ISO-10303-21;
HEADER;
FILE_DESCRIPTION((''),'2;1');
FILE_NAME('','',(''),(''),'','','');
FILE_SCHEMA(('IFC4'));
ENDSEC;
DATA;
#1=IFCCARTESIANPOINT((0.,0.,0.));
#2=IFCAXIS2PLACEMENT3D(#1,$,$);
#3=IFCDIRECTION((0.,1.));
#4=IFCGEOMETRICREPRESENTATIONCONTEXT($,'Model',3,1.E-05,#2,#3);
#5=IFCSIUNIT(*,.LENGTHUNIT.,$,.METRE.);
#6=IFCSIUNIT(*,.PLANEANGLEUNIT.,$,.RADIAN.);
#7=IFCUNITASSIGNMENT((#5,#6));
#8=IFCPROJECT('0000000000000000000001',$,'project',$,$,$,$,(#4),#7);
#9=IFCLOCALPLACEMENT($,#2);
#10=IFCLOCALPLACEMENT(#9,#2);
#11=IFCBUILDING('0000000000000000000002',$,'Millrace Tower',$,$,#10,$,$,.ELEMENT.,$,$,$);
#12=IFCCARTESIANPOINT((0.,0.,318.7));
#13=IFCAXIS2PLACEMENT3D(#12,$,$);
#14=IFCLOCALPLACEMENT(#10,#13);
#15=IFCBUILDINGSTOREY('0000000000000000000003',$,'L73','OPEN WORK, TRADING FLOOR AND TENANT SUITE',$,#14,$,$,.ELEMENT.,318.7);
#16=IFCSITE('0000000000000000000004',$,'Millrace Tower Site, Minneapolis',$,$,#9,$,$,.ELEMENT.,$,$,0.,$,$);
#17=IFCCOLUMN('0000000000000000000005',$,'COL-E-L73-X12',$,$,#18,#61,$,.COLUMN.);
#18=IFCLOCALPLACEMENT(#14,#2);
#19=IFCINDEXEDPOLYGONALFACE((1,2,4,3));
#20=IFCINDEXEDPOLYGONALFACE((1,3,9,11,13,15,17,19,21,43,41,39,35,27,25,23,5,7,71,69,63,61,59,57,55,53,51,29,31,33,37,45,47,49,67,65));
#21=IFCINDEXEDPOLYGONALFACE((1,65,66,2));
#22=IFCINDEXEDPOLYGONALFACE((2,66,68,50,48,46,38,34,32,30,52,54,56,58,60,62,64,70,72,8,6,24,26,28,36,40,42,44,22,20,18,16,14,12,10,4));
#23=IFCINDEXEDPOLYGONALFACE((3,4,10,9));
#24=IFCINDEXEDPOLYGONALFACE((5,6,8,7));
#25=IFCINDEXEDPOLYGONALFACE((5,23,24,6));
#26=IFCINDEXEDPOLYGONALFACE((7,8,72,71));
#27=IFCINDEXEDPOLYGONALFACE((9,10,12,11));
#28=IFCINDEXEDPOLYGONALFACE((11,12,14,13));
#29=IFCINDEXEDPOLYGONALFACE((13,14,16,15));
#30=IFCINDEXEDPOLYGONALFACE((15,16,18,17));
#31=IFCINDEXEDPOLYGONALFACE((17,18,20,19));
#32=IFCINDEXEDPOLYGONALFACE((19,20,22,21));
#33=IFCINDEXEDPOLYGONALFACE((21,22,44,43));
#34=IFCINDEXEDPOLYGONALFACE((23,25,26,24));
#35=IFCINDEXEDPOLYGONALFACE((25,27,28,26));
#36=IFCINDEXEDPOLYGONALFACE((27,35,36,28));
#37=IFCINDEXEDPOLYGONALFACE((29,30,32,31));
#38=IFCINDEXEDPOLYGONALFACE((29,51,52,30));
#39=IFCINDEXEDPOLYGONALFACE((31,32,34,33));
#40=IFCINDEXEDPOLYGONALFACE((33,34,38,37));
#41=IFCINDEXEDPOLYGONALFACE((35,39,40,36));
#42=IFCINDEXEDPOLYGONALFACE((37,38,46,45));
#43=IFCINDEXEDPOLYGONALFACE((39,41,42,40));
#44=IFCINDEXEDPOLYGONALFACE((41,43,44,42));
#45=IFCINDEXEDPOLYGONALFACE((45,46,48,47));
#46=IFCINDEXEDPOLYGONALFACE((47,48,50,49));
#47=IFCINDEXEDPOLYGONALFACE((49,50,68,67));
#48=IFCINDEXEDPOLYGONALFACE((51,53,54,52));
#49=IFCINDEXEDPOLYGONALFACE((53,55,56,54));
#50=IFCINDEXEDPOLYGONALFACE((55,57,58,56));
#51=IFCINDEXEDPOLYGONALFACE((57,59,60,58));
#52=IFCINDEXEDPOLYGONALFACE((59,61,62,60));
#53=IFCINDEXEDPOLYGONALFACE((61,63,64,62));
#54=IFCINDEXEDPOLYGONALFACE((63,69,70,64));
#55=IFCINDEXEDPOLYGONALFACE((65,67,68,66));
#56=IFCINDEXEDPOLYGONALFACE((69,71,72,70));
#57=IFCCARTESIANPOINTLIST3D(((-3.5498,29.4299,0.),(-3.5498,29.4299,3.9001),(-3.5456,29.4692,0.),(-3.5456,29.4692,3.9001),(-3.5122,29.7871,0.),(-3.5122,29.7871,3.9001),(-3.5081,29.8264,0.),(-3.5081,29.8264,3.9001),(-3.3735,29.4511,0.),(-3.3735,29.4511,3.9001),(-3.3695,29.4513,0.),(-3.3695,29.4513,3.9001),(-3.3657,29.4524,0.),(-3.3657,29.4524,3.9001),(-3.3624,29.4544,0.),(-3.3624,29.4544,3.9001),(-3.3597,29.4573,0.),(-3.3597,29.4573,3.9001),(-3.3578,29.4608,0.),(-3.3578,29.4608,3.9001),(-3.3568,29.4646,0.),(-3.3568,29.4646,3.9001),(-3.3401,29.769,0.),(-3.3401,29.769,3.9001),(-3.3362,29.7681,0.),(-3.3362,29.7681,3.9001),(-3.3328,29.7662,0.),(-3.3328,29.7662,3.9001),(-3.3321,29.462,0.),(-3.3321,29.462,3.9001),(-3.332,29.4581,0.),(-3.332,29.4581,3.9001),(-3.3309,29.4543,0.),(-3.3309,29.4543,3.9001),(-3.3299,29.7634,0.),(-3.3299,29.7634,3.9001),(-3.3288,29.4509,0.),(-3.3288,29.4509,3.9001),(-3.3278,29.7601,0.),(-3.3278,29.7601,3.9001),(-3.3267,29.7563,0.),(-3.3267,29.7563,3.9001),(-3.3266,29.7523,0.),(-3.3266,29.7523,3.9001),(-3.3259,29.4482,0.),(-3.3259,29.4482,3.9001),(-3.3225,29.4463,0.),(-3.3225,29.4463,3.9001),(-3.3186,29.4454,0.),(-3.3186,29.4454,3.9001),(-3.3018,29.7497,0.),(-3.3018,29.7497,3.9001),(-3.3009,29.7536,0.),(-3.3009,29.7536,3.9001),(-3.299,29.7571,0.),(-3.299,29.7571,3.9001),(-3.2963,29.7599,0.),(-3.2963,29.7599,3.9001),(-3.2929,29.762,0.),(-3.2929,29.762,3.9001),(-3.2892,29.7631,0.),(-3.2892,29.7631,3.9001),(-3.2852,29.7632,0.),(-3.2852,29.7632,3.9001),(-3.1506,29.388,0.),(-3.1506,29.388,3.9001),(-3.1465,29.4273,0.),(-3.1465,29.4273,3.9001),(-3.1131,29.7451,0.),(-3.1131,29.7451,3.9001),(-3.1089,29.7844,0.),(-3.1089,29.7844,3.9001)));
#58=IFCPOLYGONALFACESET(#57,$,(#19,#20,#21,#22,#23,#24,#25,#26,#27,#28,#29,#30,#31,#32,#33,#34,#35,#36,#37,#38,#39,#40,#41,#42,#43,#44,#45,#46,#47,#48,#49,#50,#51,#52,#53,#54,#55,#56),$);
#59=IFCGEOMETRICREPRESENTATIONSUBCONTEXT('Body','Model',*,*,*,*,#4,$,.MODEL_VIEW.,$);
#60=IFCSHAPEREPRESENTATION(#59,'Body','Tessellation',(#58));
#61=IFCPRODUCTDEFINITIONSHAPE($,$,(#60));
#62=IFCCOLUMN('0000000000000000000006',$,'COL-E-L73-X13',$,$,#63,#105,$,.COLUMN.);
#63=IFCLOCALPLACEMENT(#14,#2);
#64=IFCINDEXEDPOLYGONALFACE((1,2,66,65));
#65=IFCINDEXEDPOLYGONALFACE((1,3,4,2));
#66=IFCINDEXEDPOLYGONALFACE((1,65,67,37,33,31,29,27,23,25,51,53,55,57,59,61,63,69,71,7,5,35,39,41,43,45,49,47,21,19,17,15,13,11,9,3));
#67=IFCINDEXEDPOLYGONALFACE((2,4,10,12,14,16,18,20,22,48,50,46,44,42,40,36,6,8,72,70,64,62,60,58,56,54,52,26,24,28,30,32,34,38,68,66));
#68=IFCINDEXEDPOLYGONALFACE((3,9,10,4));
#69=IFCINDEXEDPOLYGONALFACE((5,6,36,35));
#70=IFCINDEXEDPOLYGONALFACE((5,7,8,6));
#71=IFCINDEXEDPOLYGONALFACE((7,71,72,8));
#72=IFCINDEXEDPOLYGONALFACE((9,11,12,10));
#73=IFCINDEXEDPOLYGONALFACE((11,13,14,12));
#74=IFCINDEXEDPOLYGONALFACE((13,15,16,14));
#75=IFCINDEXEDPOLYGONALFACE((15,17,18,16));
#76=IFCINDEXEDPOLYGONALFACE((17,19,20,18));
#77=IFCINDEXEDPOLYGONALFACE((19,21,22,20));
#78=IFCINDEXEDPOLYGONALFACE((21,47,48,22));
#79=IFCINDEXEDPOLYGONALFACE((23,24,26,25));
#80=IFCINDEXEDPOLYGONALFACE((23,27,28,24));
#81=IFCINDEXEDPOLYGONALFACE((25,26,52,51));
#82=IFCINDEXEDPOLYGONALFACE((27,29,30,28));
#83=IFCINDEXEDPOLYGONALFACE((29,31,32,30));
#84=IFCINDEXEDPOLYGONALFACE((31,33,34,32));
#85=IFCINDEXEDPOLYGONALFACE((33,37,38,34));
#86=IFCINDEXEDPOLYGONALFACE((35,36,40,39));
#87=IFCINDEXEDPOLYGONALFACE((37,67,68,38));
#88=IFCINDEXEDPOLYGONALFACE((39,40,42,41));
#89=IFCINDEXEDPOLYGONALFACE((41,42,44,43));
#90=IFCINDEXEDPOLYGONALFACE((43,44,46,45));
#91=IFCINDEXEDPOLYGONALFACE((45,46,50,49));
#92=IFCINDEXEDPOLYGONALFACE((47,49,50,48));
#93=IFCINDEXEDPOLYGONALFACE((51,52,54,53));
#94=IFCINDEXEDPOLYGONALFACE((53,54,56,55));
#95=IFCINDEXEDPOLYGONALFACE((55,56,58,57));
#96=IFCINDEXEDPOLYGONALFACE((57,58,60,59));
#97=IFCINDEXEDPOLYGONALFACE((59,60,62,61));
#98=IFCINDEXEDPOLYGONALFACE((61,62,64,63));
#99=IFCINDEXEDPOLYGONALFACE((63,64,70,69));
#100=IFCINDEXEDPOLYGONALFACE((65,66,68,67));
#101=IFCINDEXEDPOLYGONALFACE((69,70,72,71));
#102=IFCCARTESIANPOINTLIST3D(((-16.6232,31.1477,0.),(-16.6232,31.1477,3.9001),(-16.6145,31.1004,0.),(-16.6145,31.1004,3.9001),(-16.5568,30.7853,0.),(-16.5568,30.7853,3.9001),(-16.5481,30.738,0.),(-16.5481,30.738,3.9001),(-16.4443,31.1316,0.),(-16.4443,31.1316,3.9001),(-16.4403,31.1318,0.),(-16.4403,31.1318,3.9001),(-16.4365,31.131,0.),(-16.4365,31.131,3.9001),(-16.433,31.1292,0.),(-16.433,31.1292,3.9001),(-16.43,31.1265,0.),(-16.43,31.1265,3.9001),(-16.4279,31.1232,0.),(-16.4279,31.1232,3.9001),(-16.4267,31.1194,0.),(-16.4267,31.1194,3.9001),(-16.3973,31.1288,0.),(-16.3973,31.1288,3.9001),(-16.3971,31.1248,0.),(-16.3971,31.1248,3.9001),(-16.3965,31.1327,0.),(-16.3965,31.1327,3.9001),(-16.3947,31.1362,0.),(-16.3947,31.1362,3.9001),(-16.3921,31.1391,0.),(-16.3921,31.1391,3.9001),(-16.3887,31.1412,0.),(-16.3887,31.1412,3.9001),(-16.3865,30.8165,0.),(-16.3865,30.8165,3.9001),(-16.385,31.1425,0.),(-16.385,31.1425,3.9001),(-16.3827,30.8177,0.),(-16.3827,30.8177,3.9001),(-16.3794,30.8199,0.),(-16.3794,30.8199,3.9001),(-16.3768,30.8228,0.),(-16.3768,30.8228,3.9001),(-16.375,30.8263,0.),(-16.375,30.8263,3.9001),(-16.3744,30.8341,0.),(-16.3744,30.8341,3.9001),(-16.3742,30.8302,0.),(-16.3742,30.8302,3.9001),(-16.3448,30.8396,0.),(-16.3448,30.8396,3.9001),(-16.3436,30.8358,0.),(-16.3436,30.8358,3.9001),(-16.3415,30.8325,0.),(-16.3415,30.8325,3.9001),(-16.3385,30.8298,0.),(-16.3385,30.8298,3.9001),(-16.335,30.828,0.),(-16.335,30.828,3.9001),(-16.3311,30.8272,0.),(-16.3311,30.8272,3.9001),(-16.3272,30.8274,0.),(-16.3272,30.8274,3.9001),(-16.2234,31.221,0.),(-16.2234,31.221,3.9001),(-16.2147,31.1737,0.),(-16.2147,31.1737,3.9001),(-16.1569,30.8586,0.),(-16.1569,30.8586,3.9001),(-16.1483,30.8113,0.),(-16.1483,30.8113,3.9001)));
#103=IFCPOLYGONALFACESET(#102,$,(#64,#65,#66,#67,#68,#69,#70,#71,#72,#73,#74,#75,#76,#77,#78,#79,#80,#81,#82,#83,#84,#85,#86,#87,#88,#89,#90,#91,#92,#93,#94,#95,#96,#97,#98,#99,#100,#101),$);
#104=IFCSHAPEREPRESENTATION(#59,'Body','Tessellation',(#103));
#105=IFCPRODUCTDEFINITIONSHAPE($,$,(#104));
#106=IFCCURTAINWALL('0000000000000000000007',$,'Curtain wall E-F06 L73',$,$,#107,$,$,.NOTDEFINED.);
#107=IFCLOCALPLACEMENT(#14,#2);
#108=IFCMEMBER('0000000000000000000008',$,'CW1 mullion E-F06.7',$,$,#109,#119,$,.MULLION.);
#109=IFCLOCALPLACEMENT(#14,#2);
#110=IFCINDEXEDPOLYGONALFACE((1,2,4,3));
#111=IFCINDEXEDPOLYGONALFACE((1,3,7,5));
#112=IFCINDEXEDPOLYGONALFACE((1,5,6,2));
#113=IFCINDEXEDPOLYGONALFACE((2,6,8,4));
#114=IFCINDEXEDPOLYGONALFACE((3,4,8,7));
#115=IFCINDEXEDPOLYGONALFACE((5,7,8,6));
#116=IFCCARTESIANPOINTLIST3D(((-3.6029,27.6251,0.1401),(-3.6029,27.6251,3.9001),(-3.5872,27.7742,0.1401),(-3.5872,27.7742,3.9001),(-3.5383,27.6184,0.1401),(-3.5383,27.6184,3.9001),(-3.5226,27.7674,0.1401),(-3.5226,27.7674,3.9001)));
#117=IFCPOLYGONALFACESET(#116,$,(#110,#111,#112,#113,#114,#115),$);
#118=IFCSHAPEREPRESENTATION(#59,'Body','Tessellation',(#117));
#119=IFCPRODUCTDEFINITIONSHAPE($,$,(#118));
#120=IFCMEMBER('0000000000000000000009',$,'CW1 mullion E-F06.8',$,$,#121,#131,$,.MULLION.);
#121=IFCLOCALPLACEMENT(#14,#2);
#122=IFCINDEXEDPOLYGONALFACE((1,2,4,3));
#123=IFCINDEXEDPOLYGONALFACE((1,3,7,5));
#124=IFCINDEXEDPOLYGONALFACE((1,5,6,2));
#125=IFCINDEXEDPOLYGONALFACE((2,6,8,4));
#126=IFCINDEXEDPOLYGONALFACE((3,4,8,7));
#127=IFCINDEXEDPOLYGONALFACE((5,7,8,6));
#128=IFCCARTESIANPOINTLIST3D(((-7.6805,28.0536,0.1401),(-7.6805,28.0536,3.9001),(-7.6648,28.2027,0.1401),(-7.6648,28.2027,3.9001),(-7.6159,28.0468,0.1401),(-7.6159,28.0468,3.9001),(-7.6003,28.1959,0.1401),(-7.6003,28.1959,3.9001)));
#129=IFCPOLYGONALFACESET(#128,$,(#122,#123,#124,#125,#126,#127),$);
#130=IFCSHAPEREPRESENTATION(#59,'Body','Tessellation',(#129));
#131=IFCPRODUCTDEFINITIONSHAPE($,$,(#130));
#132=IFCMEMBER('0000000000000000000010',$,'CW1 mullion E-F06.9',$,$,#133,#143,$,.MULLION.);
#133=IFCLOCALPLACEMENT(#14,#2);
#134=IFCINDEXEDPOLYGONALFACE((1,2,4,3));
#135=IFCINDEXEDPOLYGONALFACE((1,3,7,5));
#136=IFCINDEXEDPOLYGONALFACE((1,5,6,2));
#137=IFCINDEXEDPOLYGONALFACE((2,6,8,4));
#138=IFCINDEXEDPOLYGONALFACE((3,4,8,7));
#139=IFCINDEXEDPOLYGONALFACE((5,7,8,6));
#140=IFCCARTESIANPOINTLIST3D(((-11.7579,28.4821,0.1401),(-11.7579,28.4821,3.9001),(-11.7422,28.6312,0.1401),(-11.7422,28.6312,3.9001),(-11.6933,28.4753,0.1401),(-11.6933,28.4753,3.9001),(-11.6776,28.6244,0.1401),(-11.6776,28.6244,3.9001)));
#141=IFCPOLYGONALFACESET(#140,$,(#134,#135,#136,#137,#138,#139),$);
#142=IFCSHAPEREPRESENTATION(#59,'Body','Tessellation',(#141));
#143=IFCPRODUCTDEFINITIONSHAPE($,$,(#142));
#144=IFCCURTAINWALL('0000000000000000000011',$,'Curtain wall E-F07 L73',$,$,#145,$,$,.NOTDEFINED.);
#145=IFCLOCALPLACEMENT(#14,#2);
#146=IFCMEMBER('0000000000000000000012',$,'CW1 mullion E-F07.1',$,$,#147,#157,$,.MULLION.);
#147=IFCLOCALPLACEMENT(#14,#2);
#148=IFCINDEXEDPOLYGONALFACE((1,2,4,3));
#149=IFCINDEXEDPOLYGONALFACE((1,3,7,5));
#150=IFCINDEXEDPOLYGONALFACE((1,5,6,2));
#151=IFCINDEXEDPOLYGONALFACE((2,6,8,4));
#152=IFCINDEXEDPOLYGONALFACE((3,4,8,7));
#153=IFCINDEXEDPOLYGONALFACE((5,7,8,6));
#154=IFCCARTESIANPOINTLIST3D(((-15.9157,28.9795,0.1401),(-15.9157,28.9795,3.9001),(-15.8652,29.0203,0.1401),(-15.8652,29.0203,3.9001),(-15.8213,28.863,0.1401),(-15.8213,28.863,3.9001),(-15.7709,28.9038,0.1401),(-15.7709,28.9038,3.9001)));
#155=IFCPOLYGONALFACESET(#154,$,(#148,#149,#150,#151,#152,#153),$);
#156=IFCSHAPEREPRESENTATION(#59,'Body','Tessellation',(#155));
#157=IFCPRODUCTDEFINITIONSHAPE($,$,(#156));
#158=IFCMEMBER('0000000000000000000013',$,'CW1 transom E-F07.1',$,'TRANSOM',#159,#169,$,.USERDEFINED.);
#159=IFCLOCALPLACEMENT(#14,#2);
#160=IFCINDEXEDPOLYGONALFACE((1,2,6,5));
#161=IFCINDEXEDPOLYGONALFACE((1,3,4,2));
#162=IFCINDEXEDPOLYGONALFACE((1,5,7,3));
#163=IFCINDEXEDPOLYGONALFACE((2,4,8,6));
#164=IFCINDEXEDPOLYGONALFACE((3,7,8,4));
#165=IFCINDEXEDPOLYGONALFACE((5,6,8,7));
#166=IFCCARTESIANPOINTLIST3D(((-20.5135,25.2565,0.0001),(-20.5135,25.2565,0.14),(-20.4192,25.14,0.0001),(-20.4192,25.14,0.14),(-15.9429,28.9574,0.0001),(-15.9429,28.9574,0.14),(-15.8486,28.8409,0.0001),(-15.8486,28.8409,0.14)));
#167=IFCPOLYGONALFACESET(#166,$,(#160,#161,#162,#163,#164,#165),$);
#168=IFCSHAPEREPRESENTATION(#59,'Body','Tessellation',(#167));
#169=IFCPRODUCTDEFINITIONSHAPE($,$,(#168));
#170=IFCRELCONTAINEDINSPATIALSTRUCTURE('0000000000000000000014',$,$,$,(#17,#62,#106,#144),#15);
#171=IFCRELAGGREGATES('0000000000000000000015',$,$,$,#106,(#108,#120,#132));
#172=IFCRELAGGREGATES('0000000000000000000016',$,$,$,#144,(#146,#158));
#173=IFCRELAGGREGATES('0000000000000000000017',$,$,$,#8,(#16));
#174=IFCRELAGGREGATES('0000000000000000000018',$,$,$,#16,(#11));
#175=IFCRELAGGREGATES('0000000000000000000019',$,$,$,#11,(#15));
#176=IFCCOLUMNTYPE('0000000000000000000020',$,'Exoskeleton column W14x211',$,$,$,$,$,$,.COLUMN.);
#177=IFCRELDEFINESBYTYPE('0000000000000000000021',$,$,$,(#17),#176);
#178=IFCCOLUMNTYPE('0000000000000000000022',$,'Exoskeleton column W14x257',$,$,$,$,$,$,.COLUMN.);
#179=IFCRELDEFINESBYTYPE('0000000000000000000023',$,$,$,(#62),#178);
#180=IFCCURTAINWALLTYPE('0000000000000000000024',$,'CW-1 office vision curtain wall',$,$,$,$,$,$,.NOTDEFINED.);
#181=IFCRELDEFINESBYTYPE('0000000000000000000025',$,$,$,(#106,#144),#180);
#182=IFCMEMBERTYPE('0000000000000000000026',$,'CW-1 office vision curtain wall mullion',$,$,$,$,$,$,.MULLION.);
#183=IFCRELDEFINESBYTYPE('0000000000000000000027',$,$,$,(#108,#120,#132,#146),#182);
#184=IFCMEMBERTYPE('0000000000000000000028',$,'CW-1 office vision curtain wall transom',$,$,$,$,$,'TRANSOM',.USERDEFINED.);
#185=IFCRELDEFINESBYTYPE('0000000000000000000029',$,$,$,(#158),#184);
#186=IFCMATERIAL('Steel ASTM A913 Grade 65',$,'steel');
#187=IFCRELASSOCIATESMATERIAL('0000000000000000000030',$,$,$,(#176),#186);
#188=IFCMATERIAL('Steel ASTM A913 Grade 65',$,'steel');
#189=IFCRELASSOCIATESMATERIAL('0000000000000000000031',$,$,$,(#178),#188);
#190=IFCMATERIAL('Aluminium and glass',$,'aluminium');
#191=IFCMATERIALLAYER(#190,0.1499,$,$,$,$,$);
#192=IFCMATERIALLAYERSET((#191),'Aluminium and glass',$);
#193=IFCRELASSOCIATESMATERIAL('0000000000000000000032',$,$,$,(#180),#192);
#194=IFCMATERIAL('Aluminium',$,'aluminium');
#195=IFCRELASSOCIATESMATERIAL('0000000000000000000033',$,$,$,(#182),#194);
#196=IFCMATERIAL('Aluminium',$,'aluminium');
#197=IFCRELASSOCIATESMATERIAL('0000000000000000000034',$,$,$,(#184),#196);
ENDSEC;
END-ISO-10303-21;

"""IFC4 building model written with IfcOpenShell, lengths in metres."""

from ifc_helpers import new_model, si_unit, direction, frame, origin, origin_2d, place, context, subcontext, project, spatial, rectangle, i_section, extrude, material, layer, layer_set, material_profile, profile_set, type_object, element, aggregate, save


model = new_model("IFC4")

# Units and contexts
model_context = context("Model", 3, precision=1e-05, world=origin(), true_north=direction((0.0, 1.0)))
body_context = subcontext(model_context, "Body", "Model", "MODEL_VIEW")
ifc_project = project(units=[si_unit("LENGTHUNIT", "METRE"), si_unit("PLANEANGLEUNIT", "RADIAN")], contexts=[model_context])

# Site, building, storey
site_placement = place(None, origin())
site = spatial("IfcSite", under=ifc_project, at=site_placement, Name="Millrace Tower Site, Minneapolis", CompositionType="ELEMENT", RefElevation=0.0)
building_placement = place(site_placement, origin())
building = spatial("IfcBuilding", under=site, at=building_placement, Name="Millrace Tower", CompositionType="ELEMENT")
storey_placement = place(building_placement, frame((0.0, 0.0, 318.7)))
storey = spatial("IfcBuildingStorey", under=building, at=storey_placement, Name="L73", Description="OPEN WORK, TRADING FLOOR AND TENANT SUITE", CompositionType="ELEMENT", Elevation=318.7)

# Columns
ifc_material_1 = material(Name="Steel ASTM A913 Grade 65", Category="steel")
ifc_material_profile_1 = material_profile(ifc_material_1, i_section(OverallWidth=0.4014, OverallDepth=0.3987, WebThickness=0.0249, FlangeThickness=0.0396, FilletRadius=0.0151, at=origin_2d()))
ifc_profile_set_1 = profile_set([ifc_material_profile_1], Name="Steel ASTM A913 Grade 65")
column_type_1 = type_object("IfcColumnType", Name="Exoskeleton column W14x211", PredefinedType="COLUMN", material=ifc_profile_set_1)
column_1_placement = place(storey_placement, frame((-3.3293, 29.6072, 0.0), z_axis=(0.0, 0.0, 1.0), x_axis=(-0.994522, 0.104528, 0.0)))
element("IfcColumn", 1, at=column_1_placement, inside=storey, type_object=column_type_1, Name="COL-E-L73-X12", PredefinedType="COLUMN", context=body_context, shape_type="SweptSolid", body=[
    extrude(i_section(OverallWidth=0.4014, OverallDepth=0.3987, WebThickness=0.0249, FlangeThickness=0.0396, FilletRadius=0.0151, at=origin_2d()), origin(), (0.0, 0.0, 1.0), 3.9001),
])
ifc_material_2 = material(Name="Steel ASTM A913 Grade 65", Category="steel")
ifc_material_profile_2 = material_profile(ifc_material_2, i_section(OverallWidth=0.4065, OverallDepth=0.4165, WebThickness=0.03, FlangeThickness=0.0481, FilletRadius=0.0151, at=origin_2d()))
ifc_profile_set_2 = profile_set([ifc_material_profile_2], Name="Steel ASTM A913 Grade 65")
column_type_2 = type_object("IfcColumnType", Name="Exoskeleton column W14x257", PredefinedType="COLUMN", material=ifc_profile_set_2)
column_2_placement = place(storey_placement, frame((-16.3857, 30.9795, 0.0), z_axis=(0.0, 0.0, 1.0), x_axis=(-0.983596, -0.180387, 0.0)))
element("IfcColumn", 2, at=column_2_placement, inside=storey, type_object=column_type_2, Name="COL-E-L73-X13", PredefinedType="COLUMN", context=body_context, shape_type="SweptSolid", body=[
    extrude(i_section(OverallWidth=0.4065, OverallDepth=0.4165, WebThickness=0.03, FlangeThickness=0.0481, FilletRadius=0.0151, at=origin_2d()), origin(), (0.0, 0.0, 1.0), 3.9001),
])

# Curtain walls, members
ifc_material_3 = material(Name="Aluminium and glass", Category="aluminium")
ifc_layer_1 = layer(ifc_material_3, 0.1499)
ifc_layer_set_1 = layer_set([ifc_layer_1], Name="Aluminium and glass")
curtain_wall_type = type_object("IfcCurtainWallType", Name="CW-1 office vision curtain wall", PredefinedType="NOTDEFINED", material=ifc_layer_set_1)
placement = place(storey_placement, origin())
curtain_wall_1 = element("IfcCurtainWall", 3, at=placement, inside=storey, type_object=curtain_wall_type, Name="Curtain wall E-F06 L73", PredefinedType="NOTDEFINED")
ifc_material_4 = material(Name="Aluminium", Category="aluminium")
ifc_material_profile_3 = material_profile(ifc_material_4, rectangle(XDim=0.0649, YDim=0.1499, at=origin_2d()))
ifc_profile_set_3 = profile_set([ifc_material_profile_3], Name="Aluminium")
member_type_1 = type_object("IfcMemberType", Name="CW-1 office vision curtain wall mullion", PredefinedType="MULLION", material=ifc_profile_set_3)
member_1_placement = place(storey_placement, frame((-3.5627, 27.6963, 0.1401), z_axis=(0.0, 0.0, 1.0), x_axis=(-0.994522, 0.104528, 0.0)))
member_1 = element("IfcMember", 4, at=member_1_placement, type_object=member_type_1, Name="CW1 mullion E-F06.7", PredefinedType="MULLION", context=body_context, shape_type="SweptSolid", body=[
    extrude(rectangle(XDim=0.0649, YDim=0.1499, at=origin_2d()), origin(), (0.0, 0.0, 1.0), 3.76),
])
member_2_placement = place(storey_placement, frame((-7.6404, 28.1248, 0.1401), z_axis=(0.0, 0.0, 1.0), x_axis=(-0.994522, 0.104528, 0.0)))
member_2 = element("IfcMember", 5, at=member_2_placement, type_object=member_type_1, Name="CW1 mullion E-F06.8", PredefinedType="MULLION", context=body_context, shape_type="SweptSolid", body=[
    extrude(rectangle(XDim=0.0649, YDim=0.1499, at=origin_2d()), origin(), (0.0, 0.0, 1.0), 3.76),
])
member_3_placement = place(storey_placement, frame((-11.7178, 28.5532, 0.1401), z_axis=(0.0, 0.0, 1.0), x_axis=(-0.994522, 0.104528, 0.0)))
member_3 = element("IfcMember", 6, at=member_3_placement, type_object=member_type_1, Name="CW1 mullion E-F06.9", PredefinedType="MULLION", context=body_context, shape_type="SweptSolid", body=[
    extrude(rectangle(XDim=0.0649, YDim=0.1499, at=origin_2d()), origin(), (0.0, 0.0, 1.0), 3.76),
])
aggregate(curtain_wall_1, [member_1, member_2, member_3])
curtain_wall_2 = element("IfcCurtainWall", 7, at=placement, inside=storey, type_object=curtain_wall_type, Name="Curtain wall E-F07 L73", PredefinedType="NOTDEFINED")
member_4_placement = place(storey_placement, frame((-15.8433, 28.9417, 0.1401), z_axis=(0.0, 0.0, 1.0), x_axis=(-0.777146, -0.62932, 0.0)))
member_4 = element("IfcMember", 8, at=member_4_placement, type_object=member_type_1, Name="CW1 mullion E-F07.1", PredefinedType="MULLION", context=body_context, shape_type="SweptSolid", body=[
    extrude(rectangle(XDim=0.0649, YDim=0.1499, at=origin_2d()), origin(), (0.0, 0.0, 1.0), 3.76),
])
ifc_material_5 = material(Name="Aluminium", Category="aluminium")
ifc_material_profile_4 = material_profile(ifc_material_5, rectangle(XDim=0.1499, YDim=0.1399, at=origin_2d()))
ifc_profile_set_4 = profile_set([ifc_material_profile_4], Name="Aluminium")
member_type_2 = type_object("IfcMemberType", Name="CW-1 office vision curtain wall transom", ElementType="TRANSOM", PredefinedType="USERDEFINED", material=ifc_profile_set_4)
member_5_placement = place(storey_placement, frame((-15.8958, 28.8992, 0.0701), z_axis=(-0.777166, -0.629296, 0.0), x_axis=(0.629296, -0.777166, 0.0)))
member_5 = element("IfcMember", 9, at=member_5_placement, type_object=member_type_2, Name="CW1 transom E-F07.1", ObjectType="TRANSOM", PredefinedType="USERDEFINED", context=body_context, shape_type="SweptSolid", body=[
    extrude(rectangle(XDim=0.1499, YDim=0.1399, at=origin_2d()), origin(), (0.0, 0.0, 1.0), 5.8811),
])
aggregate(curtain_wall_2, [member_4, member_5])

save(model, "model.ifc")
